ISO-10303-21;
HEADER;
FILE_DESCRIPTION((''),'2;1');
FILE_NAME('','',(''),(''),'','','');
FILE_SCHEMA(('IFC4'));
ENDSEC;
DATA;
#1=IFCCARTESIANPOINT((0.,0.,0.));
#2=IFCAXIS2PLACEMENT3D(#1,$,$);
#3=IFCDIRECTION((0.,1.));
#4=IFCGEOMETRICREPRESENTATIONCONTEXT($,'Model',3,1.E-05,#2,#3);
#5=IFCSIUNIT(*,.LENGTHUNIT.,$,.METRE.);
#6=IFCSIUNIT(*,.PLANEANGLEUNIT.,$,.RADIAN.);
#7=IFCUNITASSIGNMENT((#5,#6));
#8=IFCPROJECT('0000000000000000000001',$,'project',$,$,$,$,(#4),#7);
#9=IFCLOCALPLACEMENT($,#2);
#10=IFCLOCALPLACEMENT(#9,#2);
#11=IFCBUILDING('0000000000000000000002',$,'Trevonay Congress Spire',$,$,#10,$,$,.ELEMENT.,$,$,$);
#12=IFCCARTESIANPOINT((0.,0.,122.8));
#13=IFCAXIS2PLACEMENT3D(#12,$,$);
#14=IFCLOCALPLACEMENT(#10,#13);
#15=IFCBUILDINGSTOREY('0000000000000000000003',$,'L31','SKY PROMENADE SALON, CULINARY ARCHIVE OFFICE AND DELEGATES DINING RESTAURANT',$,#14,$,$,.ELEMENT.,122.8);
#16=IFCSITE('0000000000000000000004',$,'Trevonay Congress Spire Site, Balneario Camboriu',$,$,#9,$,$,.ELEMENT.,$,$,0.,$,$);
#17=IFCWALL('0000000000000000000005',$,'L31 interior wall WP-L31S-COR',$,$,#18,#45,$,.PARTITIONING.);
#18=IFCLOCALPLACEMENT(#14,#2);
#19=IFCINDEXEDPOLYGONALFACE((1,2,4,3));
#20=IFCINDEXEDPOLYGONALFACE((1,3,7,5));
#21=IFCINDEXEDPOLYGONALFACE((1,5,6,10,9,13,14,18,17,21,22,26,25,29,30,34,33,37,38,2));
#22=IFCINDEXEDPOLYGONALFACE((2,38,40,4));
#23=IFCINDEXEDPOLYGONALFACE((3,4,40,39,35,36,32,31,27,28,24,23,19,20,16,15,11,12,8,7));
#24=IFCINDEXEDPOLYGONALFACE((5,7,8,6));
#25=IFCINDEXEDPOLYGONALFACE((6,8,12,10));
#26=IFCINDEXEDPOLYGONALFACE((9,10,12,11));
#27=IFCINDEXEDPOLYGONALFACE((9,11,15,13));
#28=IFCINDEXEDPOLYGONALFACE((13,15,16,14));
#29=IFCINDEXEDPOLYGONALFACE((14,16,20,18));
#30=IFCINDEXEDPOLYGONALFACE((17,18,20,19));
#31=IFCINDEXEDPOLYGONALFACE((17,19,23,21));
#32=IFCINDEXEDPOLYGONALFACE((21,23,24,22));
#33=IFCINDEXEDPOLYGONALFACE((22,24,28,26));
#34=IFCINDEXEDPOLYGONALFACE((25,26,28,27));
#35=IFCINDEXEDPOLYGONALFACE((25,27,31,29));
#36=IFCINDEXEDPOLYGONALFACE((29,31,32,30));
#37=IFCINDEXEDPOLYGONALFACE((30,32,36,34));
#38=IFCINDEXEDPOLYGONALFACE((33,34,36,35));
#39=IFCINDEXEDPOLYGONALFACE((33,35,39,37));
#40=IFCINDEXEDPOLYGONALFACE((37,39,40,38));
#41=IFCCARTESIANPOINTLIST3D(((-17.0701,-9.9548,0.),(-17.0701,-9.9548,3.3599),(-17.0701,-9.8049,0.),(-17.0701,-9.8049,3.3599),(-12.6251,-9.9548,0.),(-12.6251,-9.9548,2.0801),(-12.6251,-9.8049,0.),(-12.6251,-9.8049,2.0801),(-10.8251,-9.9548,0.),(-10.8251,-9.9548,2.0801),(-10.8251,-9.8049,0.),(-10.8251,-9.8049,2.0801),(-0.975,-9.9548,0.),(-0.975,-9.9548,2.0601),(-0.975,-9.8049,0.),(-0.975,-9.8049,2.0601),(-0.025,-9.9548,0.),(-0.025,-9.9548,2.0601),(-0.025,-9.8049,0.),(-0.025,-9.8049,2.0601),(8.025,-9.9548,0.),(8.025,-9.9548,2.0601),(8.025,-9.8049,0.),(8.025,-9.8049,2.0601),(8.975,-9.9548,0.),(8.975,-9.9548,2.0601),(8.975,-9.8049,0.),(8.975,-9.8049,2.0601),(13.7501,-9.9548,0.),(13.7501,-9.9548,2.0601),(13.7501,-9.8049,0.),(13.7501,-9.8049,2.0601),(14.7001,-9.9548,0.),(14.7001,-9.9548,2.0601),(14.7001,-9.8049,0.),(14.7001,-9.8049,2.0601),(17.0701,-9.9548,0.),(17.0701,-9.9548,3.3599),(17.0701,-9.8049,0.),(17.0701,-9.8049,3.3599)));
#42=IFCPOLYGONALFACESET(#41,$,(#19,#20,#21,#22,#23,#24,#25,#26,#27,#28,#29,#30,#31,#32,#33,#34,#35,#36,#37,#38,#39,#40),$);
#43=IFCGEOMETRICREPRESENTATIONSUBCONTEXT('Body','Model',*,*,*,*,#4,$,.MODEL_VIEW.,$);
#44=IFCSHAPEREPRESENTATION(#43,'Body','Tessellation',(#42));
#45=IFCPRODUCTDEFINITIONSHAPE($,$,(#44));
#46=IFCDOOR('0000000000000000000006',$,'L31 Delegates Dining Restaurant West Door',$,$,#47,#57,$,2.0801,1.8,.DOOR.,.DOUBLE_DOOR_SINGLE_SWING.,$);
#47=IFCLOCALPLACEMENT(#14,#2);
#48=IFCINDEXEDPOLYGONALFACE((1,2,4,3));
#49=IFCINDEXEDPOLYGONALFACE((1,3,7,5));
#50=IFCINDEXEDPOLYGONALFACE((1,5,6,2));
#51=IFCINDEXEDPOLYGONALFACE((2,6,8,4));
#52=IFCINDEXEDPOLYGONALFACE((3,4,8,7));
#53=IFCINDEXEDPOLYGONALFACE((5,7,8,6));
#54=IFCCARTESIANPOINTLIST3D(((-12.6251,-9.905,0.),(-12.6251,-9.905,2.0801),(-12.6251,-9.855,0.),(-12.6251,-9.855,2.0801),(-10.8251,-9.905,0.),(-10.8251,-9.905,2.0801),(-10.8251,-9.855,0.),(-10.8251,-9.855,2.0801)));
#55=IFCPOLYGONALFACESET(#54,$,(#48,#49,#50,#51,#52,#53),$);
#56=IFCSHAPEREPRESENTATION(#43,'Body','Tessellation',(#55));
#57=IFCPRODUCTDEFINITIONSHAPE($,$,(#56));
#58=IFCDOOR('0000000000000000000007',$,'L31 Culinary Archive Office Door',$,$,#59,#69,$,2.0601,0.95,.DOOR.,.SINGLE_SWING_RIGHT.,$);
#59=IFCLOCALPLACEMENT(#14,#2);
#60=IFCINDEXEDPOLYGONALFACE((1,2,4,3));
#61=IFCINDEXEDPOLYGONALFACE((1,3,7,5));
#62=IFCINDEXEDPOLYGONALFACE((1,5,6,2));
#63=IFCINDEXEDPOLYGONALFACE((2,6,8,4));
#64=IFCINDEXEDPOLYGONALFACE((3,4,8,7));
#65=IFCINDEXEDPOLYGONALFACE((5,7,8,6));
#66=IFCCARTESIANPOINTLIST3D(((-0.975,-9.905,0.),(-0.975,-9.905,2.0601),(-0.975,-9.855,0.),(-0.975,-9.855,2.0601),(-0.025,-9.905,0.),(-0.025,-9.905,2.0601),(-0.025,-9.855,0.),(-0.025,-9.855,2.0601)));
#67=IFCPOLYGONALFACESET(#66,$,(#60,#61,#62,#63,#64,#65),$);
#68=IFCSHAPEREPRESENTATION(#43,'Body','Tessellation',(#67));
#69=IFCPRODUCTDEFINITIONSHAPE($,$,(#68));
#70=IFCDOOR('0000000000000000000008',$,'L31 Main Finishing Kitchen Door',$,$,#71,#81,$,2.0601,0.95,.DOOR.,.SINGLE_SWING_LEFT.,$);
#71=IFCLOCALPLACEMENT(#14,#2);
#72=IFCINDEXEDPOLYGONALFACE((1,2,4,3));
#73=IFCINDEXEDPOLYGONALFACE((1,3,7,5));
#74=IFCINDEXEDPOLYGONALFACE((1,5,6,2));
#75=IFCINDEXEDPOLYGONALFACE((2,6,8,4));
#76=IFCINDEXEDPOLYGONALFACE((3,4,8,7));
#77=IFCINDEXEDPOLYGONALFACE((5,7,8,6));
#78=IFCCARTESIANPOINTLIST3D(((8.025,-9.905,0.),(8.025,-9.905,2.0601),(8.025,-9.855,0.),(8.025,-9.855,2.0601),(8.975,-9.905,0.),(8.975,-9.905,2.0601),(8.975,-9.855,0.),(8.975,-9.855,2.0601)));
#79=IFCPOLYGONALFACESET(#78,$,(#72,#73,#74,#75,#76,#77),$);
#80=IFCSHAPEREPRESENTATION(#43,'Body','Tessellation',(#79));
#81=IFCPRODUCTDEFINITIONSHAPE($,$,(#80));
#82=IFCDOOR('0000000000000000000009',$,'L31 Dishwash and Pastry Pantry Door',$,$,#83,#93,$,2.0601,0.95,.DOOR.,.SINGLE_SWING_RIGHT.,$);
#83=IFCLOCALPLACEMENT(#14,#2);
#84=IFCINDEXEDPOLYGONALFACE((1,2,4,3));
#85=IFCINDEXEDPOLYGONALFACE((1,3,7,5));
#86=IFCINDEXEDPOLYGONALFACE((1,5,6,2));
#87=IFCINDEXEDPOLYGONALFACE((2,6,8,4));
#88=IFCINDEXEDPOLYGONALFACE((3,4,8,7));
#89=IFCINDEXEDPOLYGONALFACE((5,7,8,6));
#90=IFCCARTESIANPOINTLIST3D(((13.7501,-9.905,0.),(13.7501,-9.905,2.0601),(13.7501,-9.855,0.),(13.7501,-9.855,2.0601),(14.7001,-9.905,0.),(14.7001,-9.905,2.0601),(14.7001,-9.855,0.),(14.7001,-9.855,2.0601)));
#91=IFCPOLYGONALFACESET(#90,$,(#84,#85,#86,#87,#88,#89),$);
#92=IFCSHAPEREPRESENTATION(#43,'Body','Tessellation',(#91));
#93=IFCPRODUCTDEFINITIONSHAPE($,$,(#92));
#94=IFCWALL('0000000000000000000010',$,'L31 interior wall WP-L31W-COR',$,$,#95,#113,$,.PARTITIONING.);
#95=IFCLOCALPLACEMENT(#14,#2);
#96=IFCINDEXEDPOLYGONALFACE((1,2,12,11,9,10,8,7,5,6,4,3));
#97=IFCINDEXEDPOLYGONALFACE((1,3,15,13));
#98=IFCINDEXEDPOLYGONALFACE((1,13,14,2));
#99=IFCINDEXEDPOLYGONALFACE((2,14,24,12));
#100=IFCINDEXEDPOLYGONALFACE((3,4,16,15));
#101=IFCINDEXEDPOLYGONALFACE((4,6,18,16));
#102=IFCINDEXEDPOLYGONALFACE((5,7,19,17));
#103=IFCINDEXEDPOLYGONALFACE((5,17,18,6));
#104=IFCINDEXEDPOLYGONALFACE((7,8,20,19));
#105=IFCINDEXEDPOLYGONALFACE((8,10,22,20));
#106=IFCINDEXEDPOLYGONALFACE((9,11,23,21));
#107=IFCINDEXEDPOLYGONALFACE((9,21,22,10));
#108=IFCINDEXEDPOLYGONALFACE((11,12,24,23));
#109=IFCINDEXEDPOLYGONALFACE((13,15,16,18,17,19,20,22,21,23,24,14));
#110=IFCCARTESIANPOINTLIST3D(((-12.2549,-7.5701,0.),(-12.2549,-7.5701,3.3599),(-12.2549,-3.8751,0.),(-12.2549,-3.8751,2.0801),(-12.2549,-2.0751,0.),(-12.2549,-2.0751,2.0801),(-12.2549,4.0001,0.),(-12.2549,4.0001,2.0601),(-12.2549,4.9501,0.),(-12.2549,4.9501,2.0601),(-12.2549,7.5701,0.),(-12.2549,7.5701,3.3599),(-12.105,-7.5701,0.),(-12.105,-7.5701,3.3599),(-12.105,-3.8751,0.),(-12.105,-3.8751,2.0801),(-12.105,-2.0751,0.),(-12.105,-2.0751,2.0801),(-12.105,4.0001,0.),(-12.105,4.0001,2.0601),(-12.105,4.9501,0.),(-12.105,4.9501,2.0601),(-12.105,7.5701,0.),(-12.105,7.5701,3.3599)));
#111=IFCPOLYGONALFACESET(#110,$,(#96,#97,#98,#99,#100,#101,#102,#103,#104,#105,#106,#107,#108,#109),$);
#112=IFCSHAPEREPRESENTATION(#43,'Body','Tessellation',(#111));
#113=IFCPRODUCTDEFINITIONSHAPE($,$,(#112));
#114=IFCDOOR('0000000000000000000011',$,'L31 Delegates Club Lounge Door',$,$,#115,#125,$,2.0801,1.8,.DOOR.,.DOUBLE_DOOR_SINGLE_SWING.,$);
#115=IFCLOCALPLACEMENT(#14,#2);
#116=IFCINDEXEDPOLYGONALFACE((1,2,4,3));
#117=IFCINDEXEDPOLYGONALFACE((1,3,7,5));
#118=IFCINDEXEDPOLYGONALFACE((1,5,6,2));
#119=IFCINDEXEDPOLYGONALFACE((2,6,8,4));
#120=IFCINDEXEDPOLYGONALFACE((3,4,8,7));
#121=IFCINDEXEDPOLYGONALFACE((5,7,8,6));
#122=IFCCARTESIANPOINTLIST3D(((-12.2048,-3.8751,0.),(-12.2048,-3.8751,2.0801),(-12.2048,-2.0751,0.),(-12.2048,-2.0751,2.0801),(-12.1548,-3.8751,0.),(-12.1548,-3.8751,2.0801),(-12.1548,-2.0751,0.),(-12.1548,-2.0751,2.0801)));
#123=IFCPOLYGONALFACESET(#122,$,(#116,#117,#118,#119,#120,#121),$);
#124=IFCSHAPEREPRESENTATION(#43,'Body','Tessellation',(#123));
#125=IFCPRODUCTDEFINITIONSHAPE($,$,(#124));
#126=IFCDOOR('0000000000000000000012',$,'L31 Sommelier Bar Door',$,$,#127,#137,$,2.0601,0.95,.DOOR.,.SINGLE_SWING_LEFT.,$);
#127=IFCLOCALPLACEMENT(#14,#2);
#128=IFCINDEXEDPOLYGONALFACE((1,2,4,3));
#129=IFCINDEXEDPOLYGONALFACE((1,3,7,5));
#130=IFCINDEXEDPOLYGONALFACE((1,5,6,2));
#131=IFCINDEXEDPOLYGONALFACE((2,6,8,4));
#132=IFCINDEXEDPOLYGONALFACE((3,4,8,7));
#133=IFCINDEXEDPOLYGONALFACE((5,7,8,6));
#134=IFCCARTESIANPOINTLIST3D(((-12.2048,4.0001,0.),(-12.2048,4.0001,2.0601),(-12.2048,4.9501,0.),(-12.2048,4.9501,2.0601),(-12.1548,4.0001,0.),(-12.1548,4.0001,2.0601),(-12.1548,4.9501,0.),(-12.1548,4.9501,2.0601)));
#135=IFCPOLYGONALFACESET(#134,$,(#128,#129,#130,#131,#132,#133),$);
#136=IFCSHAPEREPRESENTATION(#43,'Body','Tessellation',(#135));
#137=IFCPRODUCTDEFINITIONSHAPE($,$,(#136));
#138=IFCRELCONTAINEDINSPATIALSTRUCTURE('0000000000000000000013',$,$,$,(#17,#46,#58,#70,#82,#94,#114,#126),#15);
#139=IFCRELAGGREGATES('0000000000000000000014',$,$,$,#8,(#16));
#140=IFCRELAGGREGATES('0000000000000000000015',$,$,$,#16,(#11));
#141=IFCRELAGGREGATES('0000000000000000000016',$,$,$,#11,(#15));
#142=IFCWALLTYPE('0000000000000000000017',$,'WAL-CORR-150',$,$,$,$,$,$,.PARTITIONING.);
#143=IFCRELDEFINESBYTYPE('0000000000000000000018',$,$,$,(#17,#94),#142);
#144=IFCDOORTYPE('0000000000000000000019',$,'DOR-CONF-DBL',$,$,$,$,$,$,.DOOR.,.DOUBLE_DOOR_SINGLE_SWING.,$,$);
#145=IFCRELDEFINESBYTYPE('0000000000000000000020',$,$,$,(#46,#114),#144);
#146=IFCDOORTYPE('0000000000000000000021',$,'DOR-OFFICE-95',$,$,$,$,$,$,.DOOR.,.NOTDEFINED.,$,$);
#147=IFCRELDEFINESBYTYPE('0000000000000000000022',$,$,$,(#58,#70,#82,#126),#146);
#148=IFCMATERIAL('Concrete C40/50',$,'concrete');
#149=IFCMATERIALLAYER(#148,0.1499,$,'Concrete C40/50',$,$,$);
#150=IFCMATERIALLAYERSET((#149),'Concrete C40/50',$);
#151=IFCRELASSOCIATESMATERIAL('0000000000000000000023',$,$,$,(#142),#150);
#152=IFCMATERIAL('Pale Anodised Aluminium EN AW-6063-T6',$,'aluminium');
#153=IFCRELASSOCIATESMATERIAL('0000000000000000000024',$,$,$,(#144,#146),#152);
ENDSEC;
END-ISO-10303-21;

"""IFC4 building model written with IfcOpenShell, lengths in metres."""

from ifc_helpers import new_model, si_unit, direction, frame, frame_2d, origin, place, context, subcontext, project, spatial, rectangle, extrude, material, layer, layer_set, type_object, element, fill, save


model = new_model("IFC4")

# Units and contexts
model_context = context("Model", 3, precision=1e-05, world=origin(), true_north=direction((0.0, 1.0)))
body_context = subcontext(model_context, "Body", "Model", "MODEL_VIEW")
ifc_project = project(units=[si_unit("LENGTHUNIT", "METRE"), si_unit("PLANEANGLEUNIT", "RADIAN")], contexts=[model_context])

# Site, building, storey
site_placement = place(None, origin())
site = spatial("IfcSite", under=ifc_project, at=site_placement, Name="Trevonay Congress Spire Site, Balneario Camboriu", CompositionType="ELEMENT", RefElevation=0.0)
building_placement = place(site_placement, origin())
building = spatial("IfcBuilding", under=site, at=building_placement, Name="Trevonay Congress Spire", CompositionType="ELEMENT")
storey_placement = place(building_placement, frame((0.0, 0.0, 122.8)))
storey = spatial("IfcBuildingStorey", under=building, at=storey_placement, Name="L31", Description="SKY PROMENADE SALON, CULINARY ARCHIVE OFFICE AND DELEGATES DINING RESTAURANT", CompositionType="ELEMENT", Elevation=122.8)

# Shared definitions
ifc_material_1 = material(Name="Pale Anodised Aluminium EN AW-6063-T6", Category="aluminium")

# Walls, openings, doors
ifc_material_2 = material(Name="Concrete C40/50", Category="concrete")
ifc_layer_1 = layer(ifc_material_2, 0.1499, Name="Concrete C40/50")
ifc_layer_set_1 = layer_set([ifc_layer_1], Name="Concrete C40/50")
wall_type_1 = type_object("IfcWallType", Name="WAL-CORR-150", PredefinedType="PARTITIONING", material=ifc_layer_set_1)
wall_1_placement = place(storey_placement, frame((-17.0701, -9.8799, 0.0), z_axis=(0.0, 0.0, 1.0), x_axis=(1.0, 0.0, 0.0)))
wall_1 = element("IfcWall", 1, at=wall_1_placement, inside=storey, type_object=wall_type_1, Name="L31 interior wall WP-L31S-COR", PredefinedType="PARTITIONING", context=body_context, shape_type="SweptSolid", body=[
    extrude(rectangle(XDim=34.1401, YDim=0.1499, at=frame_2d((17.0701, 0.0))), origin(), (0.0, 0.0, 1.0), 3.3599),
])
opening_1_placement = place(wall_1_placement, frame((4.4451, 0.0, 0.0)))
opening_1 = element("IfcOpeningElement", 2, at=opening_1_placement, cuts=wall_1, PredefinedType="OPENING", context=body_context, shape_type="SweptSolid", body=[
    extrude(rectangle(XDim=1.8, YDim=2.0801, at=frame_2d((0.8999, 1.04))), frame((0.0, 0.085, 0.0), z_axis=(0.0, -1.0, 0.0), x_axis=(1.0, 0.0, 0.0)), (0.0, 0.0, 1.0), 0.1699),
])
opening_2_placement = place(wall_1_placement, frame((16.095, 0.0, 0.0)))
opening_2 = element("IfcOpeningElement", 3, at=opening_2_placement, cuts=wall_1, PredefinedType="OPENING", context=body_context, shape_type="SweptSolid", body=[
    extrude(rectangle(XDim=0.95, YDim=2.0601, at=frame_2d((0.4751, 1.03))), frame((0.0, 0.085, 0.0), z_axis=(0.0, -1.0, 0.0), x_axis=(1.0, 0.0, 0.0)), (0.0, 0.0, 1.0), 0.1699),
])
opening_3_placement = place(wall_1_placement, frame((25.095, 0.0, 0.0)))
opening_3 = element("IfcOpeningElement", 4, at=opening_3_placement, cuts=wall_1, PredefinedType="OPENING", context=body_context, shape_type="SweptSolid", body=[
    extrude(rectangle(XDim=0.95, YDim=2.0601, at=frame_2d((0.4751, 1.03))), frame((0.0, 0.085, 0.0), z_axis=(0.0, -1.0, 0.0), x_axis=(1.0, 0.0, 0.0)), (0.0, 0.0, 1.0), 0.1699),
])
opening_4_placement = place(wall_1_placement, frame((30.8201, 0.0, 0.0)))
opening_4 = element("IfcOpeningElement", 5, at=opening_4_placement, cuts=wall_1, PredefinedType="OPENING", context=body_context, shape_type="SweptSolid", body=[
    extrude(rectangle(XDim=0.95, YDim=2.0601, at=frame_2d((0.4751, 1.03))), frame((0.0, 0.085, 0.0), z_axis=(0.0, -1.0, 0.0), x_axis=(1.0, 0.0, 0.0)), (0.0, 0.0, 1.0), 0.1699),
])
door_type_1 = type_object("IfcDoorType", Name="DOR-CONF-DBL", OperationType="DOUBLE_DOOR_SINGLE_SWING", PredefinedType="DOOR", material=ifc_material_1)
door_1_placement = place(opening_1_placement, origin())
door_1 = element("IfcDoor", 6, at=door_1_placement, inside=storey, type_object=door_type_1, Name="L31 Delegates Dining Restaurant West Door", OperationType="DOUBLE_DOOR_SINGLE_SWING", OverallHeight=2.0801, OverallWidth=1.8, PredefinedType="DOOR", context=body_context, shape_type="SweptSolid", body=[
    extrude(rectangle(XDim=1.8, YDim=2.0801, at=frame_2d((0.8999, 1.04))), frame((0.0, 0.0249, 0.0), z_axis=(0.0, -1.0, 0.0), x_axis=(1.0, 0.0, 0.0)), (0.0, 0.0, 1.0), 0.05),
])
fill(opening_1, door_1)
door_type_2 = type_object("IfcDoorType", Name="DOR-OFFICE-95", OperationType="NOTDEFINED", PredefinedType="DOOR", material=ifc_material_1)
door_2_placement = place(opening_2_placement, origin())
door_2 = element("IfcDoor", 7, at=door_2_placement, inside=storey, type_object=door_type_2, Name="L31 Culinary Archive Office Door", OperationType="SINGLE_SWING_RIGHT", OverallHeight=2.0601, OverallWidth=0.95, PredefinedType="DOOR", context=body_context, shape_type="SweptSolid", body=[
    extrude(rectangle(XDim=0.95, YDim=2.0601, at=frame_2d((0.4751, 1.03))), frame((0.0, 0.0249, 0.0), z_axis=(0.0, -1.0, 0.0), x_axis=(1.0, 0.0, 0.0)), (0.0, 0.0, 1.0), 0.05),
])
fill(opening_2, door_2)
door_3_placement = place(opening_3_placement, origin())
door_3 = element("IfcDoor", 8, at=door_3_placement, inside=storey, type_object=door_type_2, Name="L31 Main Finishing Kitchen Door", OperationType="SINGLE_SWING_LEFT", OverallHeight=2.0601, OverallWidth=0.95, PredefinedType="DOOR", context=body_context, shape_type="SweptSolid", body=[
    extrude(rectangle(XDim=0.95, YDim=2.0601, at=frame_2d((0.4751, 1.03))), frame((0.0, 0.0249, 0.0), z_axis=(0.0, -1.0, 0.0), x_axis=(1.0, 0.0, 0.0)), (0.0, 0.0, 1.0), 0.05),
])
fill(opening_3, door_3)
door_4_placement = place(opening_4_placement, origin())
door_4 = element("IfcDoor", 9, at=door_4_placement, inside=storey, type_object=door_type_2, Name="L31 Dishwash and Pastry Pantry Door", OperationType="SINGLE_SWING_RIGHT", OverallHeight=2.0601, OverallWidth=0.95, PredefinedType="DOOR", context=body_context, shape_type="SweptSolid", body=[
    extrude(rectangle(XDim=0.95, YDim=2.0601, at=frame_2d((0.4751, 1.03))), frame((0.0, 0.0249, 0.0), z_axis=(0.0, -1.0, 0.0), x_axis=(1.0, 0.0, 0.0)), (0.0, 0.0, 1.0), 0.05),
])
fill(opening_4, door_4)
wall_2_placement = place(storey_placement, frame((-12.1799, -7.5701, 0.0), z_axis=(0.0, 0.0, 1.0), x_axis=(0.0, 1.0, 0.0)))
wall_2 = element("IfcWall", 10, at=wall_2_placement, inside=storey, type_object=wall_type_1, Name="L31 interior wall WP-L31W-COR", PredefinedType="PARTITIONING", context=body_context, shape_type="SweptSolid", body=[
    extrude(rectangle(XDim=15.1401, YDim=0.1499, at=frame_2d((7.5701, 0.0))), origin(), (0.0, 0.0, 1.0), 3.3599),
])
opening_5_placement = place(wall_2_placement, frame((3.6951, 0.0, 0.0)))
opening_5 = element("IfcOpeningElement", 11, at=opening_5_placement, cuts=wall_2, PredefinedType="OPENING", context=body_context, shape_type="SweptSolid", body=[
    extrude(rectangle(XDim=1.8, YDim=2.0801, at=frame_2d((0.8999, 1.04))), frame((0.0, 0.085, 0.0), z_axis=(0.0, -1.0, 0.0), x_axis=(1.0, 0.0, 0.0)), (0.0, 0.0, 1.0), 0.1699),
])
opening_6_placement = place(wall_2_placement, frame((11.5701, 0.0, 0.0)))
opening_6 = element("IfcOpeningElement", 12, at=opening_6_placement, cuts=wall_2, PredefinedType="OPENING", context=body_context, shape_type="SweptSolid", body=[
    extrude(rectangle(XDim=0.95, YDim=2.0601, at=frame_2d((0.4751, 1.03))), frame((0.0, 0.085, 0.0), z_axis=(0.0, -1.0, 0.0), x_axis=(1.0, 0.0, 0.0)), (0.0, 0.0, 1.0), 0.1699),
])
door_5_placement = place(opening_5_placement, origin())
door_5 = element("IfcDoor", 13, at=door_5_placement, inside=storey, type_object=door_type_1, Name="L31 Delegates Club Lounge Door", OperationType="DOUBLE_DOOR_SINGLE_SWING", OverallHeight=2.0801, OverallWidth=1.8, PredefinedType="DOOR", context=body_context, shape_type="SweptSolid", body=[
    extrude(rectangle(XDim=1.8, YDim=2.0801, at=frame_2d((0.8999, 1.04))), frame((0.0, 0.0249, 0.0), z_axis=(0.0, -1.0, 0.0), x_axis=(1.0, 0.0, 0.0)), (0.0, 0.0, 1.0), 0.05),
])
fill(opening_5, door_5)
door_6_placement = place(opening_6_placement, origin())
door_6 = element("IfcDoor", 14, at=door_6_placement, inside=storey, type_object=door_type_2, Name="L31 Sommelier Bar Door", OperationType="SINGLE_SWING_LEFT", OverallHeight=2.0601, OverallWidth=0.95, PredefinedType="DOOR", context=body_context, shape_type="SweptSolid", body=[
    extrude(rectangle(XDim=0.95, YDim=2.0601, at=frame_2d((0.4751, 1.03))), frame((0.0, 0.0249, 0.0), z_axis=(0.0, -1.0, 0.0), x_axis=(1.0, 0.0, 0.0)), (0.0, 0.0, 1.0), 0.05),
])
fill(opening_6, door_6)

save(model, "model.ifc")
